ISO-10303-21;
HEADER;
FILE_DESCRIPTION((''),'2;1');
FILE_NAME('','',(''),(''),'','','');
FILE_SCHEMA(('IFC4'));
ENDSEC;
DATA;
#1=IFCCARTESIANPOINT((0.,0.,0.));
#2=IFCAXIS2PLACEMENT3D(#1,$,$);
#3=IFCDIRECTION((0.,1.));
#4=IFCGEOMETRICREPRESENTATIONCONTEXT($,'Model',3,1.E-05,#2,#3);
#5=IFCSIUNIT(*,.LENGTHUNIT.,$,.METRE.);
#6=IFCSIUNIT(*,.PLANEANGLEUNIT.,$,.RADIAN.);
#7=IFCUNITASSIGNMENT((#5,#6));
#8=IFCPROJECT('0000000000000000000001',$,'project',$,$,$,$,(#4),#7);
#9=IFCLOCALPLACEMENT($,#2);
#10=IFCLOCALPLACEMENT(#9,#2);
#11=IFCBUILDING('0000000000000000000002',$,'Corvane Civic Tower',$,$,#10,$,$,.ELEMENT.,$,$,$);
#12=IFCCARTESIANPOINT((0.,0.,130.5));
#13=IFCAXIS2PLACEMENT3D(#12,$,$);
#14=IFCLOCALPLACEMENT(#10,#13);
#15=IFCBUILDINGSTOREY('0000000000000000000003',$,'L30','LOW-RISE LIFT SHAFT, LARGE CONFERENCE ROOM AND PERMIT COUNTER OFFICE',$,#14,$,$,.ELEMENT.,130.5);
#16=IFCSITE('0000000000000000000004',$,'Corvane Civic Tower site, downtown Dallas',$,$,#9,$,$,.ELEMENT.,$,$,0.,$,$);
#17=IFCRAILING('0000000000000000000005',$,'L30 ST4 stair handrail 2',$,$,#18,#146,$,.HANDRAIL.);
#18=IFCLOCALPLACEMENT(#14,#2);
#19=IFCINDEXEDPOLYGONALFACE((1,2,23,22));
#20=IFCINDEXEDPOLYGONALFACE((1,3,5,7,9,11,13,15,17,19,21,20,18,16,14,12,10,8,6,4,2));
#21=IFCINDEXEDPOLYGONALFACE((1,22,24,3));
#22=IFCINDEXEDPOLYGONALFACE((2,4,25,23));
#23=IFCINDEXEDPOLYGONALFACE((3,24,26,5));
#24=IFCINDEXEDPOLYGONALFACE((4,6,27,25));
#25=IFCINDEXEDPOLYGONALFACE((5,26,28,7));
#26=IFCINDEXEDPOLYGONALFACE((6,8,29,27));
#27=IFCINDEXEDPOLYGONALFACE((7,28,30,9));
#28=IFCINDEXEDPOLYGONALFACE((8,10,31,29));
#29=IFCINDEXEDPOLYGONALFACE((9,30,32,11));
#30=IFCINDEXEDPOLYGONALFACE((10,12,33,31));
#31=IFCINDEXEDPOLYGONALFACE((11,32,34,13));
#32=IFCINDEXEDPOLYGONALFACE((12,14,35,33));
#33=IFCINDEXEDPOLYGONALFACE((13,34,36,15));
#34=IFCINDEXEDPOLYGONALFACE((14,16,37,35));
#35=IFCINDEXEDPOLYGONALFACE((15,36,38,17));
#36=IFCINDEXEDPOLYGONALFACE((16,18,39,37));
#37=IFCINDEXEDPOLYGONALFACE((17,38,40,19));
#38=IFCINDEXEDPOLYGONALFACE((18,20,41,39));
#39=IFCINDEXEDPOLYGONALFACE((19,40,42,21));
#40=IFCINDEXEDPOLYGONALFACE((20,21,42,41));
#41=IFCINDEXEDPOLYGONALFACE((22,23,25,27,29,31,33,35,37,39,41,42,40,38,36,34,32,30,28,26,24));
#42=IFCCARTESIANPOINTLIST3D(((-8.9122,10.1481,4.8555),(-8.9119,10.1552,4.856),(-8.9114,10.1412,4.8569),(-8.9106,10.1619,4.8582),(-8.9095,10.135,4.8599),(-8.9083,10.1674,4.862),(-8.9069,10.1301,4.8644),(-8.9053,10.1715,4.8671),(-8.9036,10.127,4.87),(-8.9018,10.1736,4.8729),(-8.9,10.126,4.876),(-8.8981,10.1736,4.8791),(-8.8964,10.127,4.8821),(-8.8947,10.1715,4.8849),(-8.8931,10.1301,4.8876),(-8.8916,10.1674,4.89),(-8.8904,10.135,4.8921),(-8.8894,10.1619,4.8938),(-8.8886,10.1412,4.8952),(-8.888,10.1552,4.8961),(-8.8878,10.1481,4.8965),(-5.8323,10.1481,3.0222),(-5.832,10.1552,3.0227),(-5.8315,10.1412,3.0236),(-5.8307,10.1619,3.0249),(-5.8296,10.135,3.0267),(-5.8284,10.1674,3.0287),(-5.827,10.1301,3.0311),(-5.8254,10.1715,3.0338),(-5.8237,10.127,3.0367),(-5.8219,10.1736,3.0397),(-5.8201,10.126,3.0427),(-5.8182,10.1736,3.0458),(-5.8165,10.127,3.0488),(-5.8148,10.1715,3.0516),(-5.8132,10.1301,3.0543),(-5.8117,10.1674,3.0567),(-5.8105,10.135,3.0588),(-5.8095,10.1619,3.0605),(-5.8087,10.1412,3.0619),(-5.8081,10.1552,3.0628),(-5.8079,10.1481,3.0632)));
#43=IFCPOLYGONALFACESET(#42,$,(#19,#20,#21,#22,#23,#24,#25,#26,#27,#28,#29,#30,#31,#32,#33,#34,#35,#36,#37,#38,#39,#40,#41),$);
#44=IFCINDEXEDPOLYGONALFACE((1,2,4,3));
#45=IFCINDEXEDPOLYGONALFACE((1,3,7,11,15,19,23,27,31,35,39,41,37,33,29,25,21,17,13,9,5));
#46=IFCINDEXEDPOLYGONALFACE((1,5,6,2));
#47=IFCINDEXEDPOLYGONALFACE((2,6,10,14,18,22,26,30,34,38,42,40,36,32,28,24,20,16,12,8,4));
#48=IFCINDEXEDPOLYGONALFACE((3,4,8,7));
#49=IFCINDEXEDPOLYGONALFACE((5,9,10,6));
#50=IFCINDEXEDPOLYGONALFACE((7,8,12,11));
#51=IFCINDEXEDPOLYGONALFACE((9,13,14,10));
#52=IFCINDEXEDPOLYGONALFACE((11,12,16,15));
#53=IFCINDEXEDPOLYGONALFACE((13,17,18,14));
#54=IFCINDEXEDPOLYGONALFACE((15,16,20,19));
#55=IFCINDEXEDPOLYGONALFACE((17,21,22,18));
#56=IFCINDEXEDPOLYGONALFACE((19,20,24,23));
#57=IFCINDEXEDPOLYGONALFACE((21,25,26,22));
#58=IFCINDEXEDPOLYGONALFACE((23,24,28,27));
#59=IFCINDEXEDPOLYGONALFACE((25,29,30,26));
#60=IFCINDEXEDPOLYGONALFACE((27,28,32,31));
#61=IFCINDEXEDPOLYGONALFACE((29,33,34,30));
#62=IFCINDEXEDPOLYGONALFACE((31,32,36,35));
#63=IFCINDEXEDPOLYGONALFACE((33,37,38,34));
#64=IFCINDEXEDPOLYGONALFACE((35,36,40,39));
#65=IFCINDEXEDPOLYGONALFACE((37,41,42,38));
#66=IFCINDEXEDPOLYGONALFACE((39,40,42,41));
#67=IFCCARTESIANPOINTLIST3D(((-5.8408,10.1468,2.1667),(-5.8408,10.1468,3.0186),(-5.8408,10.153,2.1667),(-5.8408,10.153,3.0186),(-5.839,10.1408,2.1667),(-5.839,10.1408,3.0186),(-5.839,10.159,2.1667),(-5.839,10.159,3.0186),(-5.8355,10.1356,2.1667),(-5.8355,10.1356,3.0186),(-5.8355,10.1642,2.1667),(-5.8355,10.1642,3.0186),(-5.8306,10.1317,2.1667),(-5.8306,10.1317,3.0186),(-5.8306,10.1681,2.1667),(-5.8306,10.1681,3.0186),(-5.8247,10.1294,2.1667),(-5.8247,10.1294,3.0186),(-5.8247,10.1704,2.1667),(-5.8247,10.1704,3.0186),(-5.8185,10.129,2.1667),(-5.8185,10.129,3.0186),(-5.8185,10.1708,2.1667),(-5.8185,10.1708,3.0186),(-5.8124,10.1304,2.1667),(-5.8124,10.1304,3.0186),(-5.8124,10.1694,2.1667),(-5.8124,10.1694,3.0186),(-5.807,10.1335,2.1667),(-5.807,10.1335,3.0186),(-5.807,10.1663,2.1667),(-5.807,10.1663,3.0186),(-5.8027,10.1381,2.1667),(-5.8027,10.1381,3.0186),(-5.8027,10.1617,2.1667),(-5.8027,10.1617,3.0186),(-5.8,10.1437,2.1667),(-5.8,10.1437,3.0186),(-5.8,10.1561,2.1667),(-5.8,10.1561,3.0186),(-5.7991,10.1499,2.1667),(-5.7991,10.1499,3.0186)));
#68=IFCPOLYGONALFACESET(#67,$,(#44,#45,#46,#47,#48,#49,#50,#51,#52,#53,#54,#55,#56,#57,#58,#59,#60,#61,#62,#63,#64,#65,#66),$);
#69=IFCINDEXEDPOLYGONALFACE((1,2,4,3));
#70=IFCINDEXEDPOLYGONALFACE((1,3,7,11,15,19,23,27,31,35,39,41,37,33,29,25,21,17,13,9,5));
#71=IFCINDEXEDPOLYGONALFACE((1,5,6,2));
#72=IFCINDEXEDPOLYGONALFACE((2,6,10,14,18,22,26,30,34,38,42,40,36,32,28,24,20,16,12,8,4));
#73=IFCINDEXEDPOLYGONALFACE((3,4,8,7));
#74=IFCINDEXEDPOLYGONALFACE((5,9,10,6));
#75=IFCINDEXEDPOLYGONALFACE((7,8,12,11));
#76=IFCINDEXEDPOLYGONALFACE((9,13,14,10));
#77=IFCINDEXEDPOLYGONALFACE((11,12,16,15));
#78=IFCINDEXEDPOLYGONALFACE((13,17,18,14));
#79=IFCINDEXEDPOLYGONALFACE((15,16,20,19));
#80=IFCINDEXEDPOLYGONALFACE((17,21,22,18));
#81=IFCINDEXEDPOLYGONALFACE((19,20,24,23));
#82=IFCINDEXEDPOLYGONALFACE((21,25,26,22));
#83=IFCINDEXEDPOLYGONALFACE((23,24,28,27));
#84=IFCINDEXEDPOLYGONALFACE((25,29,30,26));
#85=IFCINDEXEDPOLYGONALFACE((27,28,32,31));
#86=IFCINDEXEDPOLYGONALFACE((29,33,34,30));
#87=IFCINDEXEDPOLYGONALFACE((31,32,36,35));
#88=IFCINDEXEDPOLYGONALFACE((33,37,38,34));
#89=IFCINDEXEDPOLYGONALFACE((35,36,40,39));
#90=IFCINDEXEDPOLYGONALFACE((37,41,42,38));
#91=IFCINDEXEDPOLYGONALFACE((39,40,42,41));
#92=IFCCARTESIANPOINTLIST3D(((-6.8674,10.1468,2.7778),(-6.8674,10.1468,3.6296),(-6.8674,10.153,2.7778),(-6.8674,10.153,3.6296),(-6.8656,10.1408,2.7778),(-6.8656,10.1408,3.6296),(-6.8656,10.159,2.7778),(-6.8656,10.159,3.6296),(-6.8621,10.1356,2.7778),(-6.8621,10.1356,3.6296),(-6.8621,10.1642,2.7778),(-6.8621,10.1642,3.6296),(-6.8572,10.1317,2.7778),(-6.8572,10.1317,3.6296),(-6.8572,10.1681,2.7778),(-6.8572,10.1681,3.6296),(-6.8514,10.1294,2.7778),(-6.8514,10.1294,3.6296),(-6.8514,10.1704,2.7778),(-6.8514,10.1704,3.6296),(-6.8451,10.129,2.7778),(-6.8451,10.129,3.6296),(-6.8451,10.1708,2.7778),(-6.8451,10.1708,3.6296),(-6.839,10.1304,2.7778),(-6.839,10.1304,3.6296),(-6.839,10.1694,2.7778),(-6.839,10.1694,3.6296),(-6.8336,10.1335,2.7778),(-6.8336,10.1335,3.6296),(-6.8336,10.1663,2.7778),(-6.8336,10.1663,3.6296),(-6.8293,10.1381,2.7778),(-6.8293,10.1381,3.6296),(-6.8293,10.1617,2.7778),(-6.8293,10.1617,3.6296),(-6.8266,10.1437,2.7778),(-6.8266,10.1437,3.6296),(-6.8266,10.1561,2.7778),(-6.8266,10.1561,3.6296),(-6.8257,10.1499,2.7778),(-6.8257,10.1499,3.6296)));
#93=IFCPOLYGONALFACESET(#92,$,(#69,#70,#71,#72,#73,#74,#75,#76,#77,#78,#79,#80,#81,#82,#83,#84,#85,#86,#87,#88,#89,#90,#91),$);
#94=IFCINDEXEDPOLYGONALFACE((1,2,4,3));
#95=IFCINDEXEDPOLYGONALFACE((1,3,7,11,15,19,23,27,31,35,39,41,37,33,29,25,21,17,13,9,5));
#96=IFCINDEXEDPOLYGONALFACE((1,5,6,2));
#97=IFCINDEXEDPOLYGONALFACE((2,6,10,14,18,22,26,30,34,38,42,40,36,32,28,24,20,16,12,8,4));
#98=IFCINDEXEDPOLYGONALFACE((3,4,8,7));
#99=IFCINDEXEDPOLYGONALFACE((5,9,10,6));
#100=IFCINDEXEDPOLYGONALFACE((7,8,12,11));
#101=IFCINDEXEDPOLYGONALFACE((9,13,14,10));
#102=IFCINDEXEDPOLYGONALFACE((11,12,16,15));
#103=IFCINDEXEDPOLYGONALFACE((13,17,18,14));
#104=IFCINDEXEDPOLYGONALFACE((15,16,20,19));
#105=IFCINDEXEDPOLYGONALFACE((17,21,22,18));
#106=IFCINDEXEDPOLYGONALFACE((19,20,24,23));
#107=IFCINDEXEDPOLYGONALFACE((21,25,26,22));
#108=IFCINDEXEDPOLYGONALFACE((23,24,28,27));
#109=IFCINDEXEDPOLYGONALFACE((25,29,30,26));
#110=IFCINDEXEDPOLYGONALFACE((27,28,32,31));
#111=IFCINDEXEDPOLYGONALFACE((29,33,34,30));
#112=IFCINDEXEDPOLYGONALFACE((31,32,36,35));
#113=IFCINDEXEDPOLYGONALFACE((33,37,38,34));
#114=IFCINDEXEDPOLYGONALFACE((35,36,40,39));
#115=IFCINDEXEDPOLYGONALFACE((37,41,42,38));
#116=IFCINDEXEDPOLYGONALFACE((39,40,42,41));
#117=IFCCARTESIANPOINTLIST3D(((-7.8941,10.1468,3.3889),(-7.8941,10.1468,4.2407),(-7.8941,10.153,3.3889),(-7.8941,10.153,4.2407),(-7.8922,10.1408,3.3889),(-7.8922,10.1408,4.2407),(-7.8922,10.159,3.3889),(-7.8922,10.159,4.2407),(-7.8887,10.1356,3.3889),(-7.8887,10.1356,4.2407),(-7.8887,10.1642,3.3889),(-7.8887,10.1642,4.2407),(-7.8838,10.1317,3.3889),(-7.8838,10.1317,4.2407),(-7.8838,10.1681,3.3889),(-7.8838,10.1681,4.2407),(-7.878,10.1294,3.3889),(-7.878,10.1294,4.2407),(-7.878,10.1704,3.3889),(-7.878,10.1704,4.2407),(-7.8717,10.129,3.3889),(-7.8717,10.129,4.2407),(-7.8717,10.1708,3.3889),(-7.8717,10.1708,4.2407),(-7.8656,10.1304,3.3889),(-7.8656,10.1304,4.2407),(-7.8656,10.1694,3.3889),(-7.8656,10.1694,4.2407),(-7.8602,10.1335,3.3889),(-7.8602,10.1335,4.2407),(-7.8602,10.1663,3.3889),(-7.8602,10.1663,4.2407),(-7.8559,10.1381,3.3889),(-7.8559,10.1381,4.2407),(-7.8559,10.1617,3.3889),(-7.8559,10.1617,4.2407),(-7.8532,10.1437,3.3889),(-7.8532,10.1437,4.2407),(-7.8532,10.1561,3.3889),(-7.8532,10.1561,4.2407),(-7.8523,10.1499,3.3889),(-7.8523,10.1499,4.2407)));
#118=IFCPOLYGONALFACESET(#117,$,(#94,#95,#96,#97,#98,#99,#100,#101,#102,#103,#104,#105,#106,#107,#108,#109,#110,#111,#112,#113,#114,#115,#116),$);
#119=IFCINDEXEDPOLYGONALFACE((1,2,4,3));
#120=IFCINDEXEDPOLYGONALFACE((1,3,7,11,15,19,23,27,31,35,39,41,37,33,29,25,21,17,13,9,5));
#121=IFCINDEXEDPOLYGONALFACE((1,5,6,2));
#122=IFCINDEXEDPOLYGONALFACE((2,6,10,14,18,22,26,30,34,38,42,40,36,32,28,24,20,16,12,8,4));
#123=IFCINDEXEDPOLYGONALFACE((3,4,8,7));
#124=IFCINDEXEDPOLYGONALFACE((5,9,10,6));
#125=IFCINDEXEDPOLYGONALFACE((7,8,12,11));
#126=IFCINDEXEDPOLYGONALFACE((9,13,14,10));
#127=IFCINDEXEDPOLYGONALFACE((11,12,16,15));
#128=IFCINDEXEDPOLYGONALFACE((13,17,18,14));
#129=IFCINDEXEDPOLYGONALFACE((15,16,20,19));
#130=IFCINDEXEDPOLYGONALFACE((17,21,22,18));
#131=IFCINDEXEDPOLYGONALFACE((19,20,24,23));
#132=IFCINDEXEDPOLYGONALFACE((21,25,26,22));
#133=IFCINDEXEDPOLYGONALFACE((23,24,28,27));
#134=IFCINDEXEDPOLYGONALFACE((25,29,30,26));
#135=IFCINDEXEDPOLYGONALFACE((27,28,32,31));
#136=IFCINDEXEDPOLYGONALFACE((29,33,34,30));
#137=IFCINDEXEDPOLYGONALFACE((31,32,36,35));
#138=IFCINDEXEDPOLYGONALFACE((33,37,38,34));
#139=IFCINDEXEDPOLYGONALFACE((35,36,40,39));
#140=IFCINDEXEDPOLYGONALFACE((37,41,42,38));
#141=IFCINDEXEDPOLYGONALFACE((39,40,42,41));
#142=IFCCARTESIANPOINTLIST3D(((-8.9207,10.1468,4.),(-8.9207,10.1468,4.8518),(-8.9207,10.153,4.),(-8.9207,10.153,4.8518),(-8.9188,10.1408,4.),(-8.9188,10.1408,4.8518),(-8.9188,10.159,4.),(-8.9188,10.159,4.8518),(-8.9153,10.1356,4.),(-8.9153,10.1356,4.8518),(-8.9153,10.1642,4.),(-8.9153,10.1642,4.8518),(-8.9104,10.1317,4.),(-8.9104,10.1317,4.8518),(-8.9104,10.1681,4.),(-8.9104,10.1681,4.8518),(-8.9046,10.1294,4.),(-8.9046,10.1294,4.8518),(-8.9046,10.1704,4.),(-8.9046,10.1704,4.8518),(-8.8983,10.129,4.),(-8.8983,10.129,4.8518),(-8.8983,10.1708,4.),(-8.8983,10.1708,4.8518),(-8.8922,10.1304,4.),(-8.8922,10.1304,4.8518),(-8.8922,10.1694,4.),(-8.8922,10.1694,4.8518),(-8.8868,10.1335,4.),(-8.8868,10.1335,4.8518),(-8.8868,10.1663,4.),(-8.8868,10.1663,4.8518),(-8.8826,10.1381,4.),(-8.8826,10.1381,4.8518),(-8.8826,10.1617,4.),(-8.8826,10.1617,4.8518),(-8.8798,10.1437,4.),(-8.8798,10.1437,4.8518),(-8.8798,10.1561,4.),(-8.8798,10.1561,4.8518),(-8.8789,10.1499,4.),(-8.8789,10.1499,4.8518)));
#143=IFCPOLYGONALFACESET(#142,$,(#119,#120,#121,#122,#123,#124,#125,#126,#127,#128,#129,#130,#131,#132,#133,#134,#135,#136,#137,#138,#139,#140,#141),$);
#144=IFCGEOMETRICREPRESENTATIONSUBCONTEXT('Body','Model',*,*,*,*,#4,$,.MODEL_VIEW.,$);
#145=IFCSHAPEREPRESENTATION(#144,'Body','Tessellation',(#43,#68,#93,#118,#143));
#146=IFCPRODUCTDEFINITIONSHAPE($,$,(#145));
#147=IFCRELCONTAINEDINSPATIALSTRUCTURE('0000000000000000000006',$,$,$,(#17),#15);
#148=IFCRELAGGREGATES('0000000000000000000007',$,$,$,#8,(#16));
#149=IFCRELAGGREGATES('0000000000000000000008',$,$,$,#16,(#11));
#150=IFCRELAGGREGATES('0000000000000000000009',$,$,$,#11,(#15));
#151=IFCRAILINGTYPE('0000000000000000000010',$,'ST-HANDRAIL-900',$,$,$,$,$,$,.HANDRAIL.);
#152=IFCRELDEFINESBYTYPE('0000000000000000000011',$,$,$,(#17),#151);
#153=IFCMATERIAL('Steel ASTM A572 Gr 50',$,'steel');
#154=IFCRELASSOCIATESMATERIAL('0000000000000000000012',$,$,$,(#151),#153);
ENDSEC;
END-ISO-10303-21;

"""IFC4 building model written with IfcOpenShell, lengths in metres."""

from ifc_helpers import new_model, si_unit, direction, frame, origin, origin_2d, place, context, subcontext, project, spatial, circle, extrude, material, type_object, element, save


model = new_model("IFC4")

# Units and contexts
model_context = context("Model", 3, precision=1e-05, world=origin(), true_north=direction((0.0, 1.0)))
body_context = subcontext(model_context, "Body", "Model", "MODEL_VIEW")
ifc_project = project(units=[si_unit("LENGTHUNIT", "METRE"), si_unit("PLANEANGLEUNIT", "RADIAN")], contexts=[model_context])

# Site, building, storey
site_placement = place(None, origin())
site = spatial("IfcSite", under=ifc_project, at=site_placement, Name="Corvane Civic Tower site, downtown Dallas", CompositionType="ELEMENT", RefElevation=0.0)
building_placement = place(site_placement, origin())
building = spatial("IfcBuilding", under=site, at=building_placement, Name="Corvane Civic Tower", CompositionType="ELEMENT")
storey_placement = place(building_placement, frame((0.0, 0.0, 130.5)))
storey = spatial("IfcBuildingStorey", under=building, at=storey_placement, Name="L30", Description="LOW-RISE LIFT SHAFT, LARGE CONFERENCE ROOM AND PERMIT COUNTER OFFICE", CompositionType="ELEMENT", Elevation=130.5)

# Railing
ifc_material_1 = material(Name="Steel ASTM A572 Gr 50", Category="steel")
railing_type_1 = type_object("IfcRailingType", Name="ST-HANDRAIL-900", PredefinedType="HANDRAIL", material=ifc_material_1)
railing_1_placement = place(storey_placement, frame((-5.8201, 10.1499, 2.1667)))
element("IfcRailing", 1, at=railing_1_placement, inside=storey, type_object=railing_type_1, Name="L30 ST4 stair handrail 2", PredefinedType="HANDRAIL", context=body_context, shape_type="SweptSolid", body=[
    extrude(circle(Radius=0.0239, at=origin_2d()), frame((0.0, 0.0, 0.876), z_axis=(-0.859291, 0.0, 0.511487), x_axis=(0.0, -1.0, 0.0)), (0.0, 0.0, 1.0), 3.5842),
    extrude(circle(Radius=0.021, at=origin_2d()), origin(), (0.0, 0.0, 1.0), 0.8518),
    extrude(circle(Radius=0.021, at=origin_2d()), frame((-1.0266, 0.0, 0.6111)), (0.0, 0.0, 1.0), 0.8518),
    extrude(circle(Radius=0.021, at=origin_2d()), frame((-2.0532, 0.0, 1.2222)), (0.0, 0.0, 1.0), 0.8518),
    extrude(circle(Radius=0.021, at=origin_2d()), frame((-3.0798, 0.0, 1.8333)), (0.0, 0.0, 1.0), 0.8518),
])

save(model, "model.ifc")
